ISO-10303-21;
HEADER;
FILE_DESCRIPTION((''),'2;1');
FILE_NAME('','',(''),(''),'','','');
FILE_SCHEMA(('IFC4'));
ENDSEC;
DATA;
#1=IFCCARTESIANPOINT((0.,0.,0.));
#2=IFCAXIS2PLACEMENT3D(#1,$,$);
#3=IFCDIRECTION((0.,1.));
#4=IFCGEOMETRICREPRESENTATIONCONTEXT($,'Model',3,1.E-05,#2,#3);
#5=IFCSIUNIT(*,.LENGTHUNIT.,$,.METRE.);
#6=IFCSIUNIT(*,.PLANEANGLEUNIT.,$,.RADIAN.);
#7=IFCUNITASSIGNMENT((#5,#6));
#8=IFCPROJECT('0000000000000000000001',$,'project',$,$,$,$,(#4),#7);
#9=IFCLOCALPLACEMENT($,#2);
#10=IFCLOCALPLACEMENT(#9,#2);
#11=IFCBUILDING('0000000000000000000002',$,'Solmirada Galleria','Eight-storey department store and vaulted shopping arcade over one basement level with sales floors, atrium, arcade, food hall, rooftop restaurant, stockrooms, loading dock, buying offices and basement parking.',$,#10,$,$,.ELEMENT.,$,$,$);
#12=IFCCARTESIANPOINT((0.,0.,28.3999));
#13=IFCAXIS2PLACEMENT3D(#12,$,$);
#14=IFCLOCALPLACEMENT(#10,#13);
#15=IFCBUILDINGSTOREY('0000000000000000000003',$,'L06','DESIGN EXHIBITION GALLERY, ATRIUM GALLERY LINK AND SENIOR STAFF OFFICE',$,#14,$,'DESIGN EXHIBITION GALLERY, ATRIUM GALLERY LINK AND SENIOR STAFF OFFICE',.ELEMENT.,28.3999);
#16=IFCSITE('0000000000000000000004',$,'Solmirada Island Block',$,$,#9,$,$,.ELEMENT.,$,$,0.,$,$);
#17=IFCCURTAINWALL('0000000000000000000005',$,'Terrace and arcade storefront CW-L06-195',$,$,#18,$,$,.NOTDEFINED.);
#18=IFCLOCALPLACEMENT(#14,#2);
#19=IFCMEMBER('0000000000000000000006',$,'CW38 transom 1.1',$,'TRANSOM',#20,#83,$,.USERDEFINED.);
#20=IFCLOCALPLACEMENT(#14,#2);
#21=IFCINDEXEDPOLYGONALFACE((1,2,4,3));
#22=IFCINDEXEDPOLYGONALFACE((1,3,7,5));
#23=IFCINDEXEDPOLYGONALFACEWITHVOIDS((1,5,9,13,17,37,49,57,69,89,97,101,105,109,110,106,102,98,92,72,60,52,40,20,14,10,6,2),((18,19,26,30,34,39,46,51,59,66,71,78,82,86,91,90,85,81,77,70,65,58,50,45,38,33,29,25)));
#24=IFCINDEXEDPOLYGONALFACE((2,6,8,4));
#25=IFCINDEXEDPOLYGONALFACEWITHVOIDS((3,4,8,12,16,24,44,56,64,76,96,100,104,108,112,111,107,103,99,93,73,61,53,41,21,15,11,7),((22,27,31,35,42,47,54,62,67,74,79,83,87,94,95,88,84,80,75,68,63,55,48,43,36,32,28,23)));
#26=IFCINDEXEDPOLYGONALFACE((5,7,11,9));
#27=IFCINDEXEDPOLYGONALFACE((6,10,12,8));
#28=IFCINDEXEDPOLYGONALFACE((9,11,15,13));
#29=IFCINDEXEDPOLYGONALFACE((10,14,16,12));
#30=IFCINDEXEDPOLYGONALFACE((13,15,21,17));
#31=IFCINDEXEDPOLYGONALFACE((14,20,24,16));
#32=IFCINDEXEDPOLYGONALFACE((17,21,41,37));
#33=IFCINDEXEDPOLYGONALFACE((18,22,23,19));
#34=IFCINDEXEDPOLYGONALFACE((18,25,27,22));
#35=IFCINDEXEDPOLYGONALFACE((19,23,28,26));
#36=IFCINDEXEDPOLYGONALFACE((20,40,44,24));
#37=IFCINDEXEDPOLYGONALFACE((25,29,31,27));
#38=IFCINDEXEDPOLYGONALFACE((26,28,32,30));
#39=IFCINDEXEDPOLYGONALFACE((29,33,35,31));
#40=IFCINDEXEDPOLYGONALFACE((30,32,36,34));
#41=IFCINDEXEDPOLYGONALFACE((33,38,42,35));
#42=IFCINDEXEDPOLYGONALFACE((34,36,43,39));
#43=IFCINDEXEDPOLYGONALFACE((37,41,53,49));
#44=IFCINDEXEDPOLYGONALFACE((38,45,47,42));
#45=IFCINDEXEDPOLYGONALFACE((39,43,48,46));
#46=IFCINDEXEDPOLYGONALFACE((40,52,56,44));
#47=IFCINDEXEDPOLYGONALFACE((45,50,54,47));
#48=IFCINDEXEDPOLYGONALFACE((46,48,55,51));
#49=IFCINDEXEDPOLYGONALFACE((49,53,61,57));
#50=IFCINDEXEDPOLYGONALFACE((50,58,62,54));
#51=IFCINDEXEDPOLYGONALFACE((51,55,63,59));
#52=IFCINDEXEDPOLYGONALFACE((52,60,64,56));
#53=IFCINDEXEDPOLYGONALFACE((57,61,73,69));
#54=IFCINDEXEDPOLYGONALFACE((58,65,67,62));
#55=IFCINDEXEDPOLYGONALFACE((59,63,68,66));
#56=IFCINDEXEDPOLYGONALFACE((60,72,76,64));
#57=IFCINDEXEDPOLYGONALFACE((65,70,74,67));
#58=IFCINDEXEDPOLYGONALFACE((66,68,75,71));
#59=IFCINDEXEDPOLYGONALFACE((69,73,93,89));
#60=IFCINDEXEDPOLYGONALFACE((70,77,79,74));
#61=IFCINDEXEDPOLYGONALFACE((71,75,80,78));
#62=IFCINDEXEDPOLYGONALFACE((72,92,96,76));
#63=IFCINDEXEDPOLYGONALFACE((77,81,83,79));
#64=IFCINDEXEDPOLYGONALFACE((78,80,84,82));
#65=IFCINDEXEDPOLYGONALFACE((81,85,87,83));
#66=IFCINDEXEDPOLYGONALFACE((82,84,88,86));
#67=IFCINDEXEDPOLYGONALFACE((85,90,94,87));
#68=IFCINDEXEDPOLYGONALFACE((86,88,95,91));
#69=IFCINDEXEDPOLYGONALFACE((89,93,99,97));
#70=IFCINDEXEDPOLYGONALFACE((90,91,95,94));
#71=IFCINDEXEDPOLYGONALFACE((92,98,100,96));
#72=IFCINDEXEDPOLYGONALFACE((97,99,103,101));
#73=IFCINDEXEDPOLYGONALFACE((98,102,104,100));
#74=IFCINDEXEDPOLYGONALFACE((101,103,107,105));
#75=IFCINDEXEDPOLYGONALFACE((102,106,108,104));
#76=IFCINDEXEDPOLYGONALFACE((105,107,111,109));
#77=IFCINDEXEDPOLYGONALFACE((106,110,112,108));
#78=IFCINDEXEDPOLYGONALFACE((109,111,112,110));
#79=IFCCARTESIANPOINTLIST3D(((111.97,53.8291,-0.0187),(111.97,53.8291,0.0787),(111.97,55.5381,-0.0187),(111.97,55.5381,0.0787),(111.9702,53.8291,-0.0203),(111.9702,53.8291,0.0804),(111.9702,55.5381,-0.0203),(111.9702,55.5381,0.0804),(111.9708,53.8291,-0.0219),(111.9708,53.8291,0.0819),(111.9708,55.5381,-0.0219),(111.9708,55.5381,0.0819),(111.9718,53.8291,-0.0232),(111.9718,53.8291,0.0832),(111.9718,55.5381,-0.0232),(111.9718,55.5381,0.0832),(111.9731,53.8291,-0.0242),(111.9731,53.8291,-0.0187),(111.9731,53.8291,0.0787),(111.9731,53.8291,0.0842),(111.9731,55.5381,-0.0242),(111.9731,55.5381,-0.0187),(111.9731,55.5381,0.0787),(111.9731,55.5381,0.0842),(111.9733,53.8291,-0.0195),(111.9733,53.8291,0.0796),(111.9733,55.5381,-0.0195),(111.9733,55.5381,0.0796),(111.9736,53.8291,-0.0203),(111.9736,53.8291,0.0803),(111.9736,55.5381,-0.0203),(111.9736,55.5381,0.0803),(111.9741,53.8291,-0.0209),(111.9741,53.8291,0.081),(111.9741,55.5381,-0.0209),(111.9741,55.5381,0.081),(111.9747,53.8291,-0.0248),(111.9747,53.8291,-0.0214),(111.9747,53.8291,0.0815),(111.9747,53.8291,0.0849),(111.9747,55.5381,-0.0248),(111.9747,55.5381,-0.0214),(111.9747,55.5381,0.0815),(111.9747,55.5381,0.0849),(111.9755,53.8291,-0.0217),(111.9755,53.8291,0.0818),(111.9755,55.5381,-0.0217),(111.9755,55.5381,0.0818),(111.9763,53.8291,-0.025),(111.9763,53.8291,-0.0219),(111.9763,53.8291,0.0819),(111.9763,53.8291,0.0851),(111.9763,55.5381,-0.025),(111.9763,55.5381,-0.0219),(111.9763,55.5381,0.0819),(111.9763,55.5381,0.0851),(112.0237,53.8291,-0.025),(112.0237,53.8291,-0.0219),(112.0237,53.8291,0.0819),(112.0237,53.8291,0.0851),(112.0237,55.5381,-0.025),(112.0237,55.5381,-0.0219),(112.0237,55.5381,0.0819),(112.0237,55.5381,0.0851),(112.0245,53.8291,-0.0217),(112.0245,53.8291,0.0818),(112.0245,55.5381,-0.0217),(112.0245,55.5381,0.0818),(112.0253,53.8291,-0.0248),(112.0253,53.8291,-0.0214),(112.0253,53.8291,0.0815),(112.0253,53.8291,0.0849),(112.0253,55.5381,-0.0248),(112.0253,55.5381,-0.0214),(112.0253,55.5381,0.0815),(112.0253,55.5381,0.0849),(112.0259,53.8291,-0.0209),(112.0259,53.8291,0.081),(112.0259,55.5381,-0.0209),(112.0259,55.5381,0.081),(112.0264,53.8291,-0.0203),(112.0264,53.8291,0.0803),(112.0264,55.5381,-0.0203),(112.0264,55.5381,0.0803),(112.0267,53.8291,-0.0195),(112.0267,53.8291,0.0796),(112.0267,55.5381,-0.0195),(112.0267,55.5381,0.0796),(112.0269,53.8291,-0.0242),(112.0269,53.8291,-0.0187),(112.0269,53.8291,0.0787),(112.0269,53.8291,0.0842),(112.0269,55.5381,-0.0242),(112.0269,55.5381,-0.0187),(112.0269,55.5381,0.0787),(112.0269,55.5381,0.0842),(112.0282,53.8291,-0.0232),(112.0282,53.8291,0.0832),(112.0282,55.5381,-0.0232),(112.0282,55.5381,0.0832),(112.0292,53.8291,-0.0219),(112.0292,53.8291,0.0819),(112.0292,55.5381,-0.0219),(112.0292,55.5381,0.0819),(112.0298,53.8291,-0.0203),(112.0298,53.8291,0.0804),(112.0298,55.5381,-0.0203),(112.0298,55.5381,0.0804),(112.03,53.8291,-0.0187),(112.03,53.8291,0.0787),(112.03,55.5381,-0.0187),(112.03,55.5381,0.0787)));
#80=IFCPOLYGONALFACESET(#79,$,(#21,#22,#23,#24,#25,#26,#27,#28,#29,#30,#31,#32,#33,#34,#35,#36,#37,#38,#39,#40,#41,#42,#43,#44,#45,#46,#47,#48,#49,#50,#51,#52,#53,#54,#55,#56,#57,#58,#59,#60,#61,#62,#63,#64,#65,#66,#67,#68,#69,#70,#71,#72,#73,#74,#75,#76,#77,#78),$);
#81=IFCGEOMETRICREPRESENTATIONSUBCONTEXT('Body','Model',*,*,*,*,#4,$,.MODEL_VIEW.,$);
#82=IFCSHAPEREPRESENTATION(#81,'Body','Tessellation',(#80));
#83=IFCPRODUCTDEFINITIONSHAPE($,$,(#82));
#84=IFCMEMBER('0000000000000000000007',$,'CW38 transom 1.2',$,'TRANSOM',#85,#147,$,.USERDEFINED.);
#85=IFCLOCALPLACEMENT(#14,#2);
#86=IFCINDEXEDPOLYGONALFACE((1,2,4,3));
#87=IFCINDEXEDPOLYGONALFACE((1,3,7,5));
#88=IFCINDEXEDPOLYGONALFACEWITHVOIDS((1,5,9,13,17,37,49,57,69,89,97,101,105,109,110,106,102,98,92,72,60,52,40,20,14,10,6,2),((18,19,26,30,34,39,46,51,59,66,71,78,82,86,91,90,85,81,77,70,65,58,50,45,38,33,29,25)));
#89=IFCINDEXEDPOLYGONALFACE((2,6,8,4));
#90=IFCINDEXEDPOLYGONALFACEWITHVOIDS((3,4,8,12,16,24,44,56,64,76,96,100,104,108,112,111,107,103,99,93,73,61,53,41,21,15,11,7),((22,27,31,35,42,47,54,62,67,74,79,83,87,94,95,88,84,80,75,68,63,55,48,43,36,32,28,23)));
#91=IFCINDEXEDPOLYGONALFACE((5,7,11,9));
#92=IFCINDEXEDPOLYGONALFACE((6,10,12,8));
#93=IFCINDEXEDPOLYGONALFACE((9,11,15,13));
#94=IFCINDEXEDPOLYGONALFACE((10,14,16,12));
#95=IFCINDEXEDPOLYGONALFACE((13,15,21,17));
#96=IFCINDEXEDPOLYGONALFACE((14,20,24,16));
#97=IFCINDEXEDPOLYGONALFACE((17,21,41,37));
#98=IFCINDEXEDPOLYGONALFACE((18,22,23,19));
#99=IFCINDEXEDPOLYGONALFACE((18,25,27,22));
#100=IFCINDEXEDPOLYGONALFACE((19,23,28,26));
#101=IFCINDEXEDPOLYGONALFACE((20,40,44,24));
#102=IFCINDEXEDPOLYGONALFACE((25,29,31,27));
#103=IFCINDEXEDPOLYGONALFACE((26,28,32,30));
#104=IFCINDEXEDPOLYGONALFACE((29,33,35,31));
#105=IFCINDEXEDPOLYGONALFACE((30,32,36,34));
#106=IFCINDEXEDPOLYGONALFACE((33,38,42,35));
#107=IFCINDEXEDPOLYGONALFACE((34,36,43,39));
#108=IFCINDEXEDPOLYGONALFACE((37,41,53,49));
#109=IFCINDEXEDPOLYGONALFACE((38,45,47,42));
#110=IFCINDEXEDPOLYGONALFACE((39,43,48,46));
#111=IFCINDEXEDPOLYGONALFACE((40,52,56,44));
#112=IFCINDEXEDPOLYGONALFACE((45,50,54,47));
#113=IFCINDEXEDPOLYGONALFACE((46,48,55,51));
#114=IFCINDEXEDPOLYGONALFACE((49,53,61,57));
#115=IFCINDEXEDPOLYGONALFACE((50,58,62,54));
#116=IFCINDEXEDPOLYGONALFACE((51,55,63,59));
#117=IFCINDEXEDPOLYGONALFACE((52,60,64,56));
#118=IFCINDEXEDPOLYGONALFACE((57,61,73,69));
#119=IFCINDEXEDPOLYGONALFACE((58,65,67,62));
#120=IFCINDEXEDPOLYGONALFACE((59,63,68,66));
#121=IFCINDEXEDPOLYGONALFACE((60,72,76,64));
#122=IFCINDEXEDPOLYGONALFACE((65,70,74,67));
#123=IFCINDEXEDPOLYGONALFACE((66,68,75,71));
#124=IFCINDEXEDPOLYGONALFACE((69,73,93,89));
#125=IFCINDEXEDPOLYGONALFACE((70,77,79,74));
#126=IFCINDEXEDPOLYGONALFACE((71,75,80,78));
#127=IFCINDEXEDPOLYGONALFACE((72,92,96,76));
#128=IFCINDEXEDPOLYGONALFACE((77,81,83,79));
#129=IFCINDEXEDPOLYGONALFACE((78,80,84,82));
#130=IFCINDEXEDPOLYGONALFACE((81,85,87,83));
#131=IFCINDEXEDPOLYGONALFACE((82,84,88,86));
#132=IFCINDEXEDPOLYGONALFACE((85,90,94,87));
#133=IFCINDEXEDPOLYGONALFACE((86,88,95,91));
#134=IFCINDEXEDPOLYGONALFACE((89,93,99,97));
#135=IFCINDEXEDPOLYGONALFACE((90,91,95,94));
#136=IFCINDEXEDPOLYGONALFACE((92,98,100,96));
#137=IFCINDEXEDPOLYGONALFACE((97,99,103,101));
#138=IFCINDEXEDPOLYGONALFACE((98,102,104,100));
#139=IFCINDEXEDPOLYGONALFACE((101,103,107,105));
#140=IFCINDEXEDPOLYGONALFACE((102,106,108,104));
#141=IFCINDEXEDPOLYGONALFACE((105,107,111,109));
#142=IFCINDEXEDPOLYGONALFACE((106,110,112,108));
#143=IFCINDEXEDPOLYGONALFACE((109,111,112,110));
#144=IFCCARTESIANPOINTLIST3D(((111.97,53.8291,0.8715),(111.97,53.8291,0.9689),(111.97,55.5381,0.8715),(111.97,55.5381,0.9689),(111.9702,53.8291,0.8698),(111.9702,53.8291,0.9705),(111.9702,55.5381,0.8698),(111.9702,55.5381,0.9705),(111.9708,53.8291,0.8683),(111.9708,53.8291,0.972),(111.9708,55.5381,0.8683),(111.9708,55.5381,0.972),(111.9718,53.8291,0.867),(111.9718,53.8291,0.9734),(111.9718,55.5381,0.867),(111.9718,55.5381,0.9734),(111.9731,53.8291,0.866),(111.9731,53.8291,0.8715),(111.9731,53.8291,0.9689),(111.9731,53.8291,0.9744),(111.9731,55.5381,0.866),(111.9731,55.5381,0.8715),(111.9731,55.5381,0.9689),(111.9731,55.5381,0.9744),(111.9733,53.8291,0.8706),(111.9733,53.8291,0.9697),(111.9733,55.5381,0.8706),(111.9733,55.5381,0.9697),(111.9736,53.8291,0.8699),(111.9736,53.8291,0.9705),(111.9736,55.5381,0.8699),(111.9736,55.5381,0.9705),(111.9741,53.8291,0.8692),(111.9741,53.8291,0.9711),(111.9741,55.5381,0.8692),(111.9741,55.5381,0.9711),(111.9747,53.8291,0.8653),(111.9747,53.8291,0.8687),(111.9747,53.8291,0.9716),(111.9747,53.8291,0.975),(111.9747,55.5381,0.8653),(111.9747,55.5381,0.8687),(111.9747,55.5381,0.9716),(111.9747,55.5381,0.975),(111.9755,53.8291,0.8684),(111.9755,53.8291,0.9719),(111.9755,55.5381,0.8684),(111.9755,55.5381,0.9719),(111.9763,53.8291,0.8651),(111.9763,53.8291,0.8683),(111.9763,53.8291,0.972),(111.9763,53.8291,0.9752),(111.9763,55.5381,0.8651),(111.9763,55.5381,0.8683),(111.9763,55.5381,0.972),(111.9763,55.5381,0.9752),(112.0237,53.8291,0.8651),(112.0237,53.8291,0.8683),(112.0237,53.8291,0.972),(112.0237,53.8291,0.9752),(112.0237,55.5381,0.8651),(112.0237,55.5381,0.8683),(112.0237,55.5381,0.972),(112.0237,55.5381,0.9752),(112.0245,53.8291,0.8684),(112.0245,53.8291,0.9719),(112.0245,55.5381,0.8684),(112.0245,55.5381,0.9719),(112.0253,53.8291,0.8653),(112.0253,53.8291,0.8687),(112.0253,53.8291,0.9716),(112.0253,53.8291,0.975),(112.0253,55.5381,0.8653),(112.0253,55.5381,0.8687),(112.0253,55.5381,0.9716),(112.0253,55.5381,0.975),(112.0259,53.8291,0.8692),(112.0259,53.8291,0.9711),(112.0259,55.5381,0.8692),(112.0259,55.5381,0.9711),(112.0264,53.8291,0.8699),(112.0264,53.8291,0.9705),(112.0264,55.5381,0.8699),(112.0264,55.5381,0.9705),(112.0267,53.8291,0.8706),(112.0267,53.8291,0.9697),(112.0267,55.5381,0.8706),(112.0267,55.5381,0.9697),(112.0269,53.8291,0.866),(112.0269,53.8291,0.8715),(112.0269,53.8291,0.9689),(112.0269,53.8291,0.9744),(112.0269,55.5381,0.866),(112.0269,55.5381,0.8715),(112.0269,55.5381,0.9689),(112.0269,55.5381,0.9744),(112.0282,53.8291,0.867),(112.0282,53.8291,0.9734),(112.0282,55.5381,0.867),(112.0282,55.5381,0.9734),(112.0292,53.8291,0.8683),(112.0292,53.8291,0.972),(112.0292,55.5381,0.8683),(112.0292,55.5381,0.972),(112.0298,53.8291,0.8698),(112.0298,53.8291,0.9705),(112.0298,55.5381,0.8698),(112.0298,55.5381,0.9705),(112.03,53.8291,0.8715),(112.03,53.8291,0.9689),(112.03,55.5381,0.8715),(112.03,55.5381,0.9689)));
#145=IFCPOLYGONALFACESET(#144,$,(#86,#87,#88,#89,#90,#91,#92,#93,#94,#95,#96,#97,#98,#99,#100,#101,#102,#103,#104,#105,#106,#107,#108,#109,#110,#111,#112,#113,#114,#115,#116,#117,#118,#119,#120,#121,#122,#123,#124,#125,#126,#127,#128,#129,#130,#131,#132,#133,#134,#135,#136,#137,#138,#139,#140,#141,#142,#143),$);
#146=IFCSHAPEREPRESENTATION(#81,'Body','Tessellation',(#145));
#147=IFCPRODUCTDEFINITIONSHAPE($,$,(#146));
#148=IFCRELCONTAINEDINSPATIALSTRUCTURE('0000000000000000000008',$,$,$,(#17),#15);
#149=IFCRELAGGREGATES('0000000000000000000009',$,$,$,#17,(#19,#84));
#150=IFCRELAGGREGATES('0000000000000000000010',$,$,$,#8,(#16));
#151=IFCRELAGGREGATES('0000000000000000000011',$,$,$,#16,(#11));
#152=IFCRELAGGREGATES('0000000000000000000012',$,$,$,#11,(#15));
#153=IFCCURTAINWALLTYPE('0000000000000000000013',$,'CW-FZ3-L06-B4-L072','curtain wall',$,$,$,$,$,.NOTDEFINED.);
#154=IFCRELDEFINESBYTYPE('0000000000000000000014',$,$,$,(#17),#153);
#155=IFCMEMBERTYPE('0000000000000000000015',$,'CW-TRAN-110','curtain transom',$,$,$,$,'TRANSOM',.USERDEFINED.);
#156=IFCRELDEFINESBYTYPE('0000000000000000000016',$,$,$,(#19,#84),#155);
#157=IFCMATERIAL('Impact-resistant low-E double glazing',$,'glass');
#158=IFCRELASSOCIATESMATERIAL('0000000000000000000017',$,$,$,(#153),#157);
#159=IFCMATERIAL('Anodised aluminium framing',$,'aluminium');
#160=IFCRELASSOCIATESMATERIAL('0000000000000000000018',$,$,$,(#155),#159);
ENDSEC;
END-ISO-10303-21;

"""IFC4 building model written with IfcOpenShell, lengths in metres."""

from ifc_helpers import new_model, si_unit, direction, frame, origin, origin_2d, place, context, subcontext, project, spatial, hollow_rectangle, extrude, material, material_profile, profile_set, type_object, element, aggregate, save


model = new_model("IFC4")

# Units and contexts
model_context = context("Model", 3, precision=1e-05, world=origin(), true_north=direction((0.0, 1.0)))
body_context = subcontext(model_context, "Body", "Model", "MODEL_VIEW")
ifc_project = project(units=[si_unit("LENGTHUNIT", "METRE"), si_unit("PLANEANGLEUNIT", "RADIAN")], contexts=[model_context])

# Site, building, storey
site_placement = place(None, origin())
site = spatial("IfcSite", under=ifc_project, at=site_placement, Name="Solmirada Island Block", CompositionType="ELEMENT", RefElevation=0.0)
building_placement = place(site_placement, origin())
building = spatial("IfcBuilding", under=site, at=building_placement, Name="Solmirada Galleria", Description="Eight-storey department store and vaulted shopping arcade over one basement level with sales floors, atrium, arcade, food hall, rooftop restaurant, stockrooms, loading dock, buying offices and basement parking.", CompositionType="ELEMENT")
storey_placement = place(building_placement, frame((0.0, 0.0, 28.3999)))
storey = spatial("IfcBuildingStorey", under=building, at=storey_placement, Name="L06", Description="DESIGN EXHIBITION GALLERY, ATRIUM GALLERY LINK AND SENIOR STAFF OFFICE", LongName="DESIGN EXHIBITION GALLERY, ATRIUM GALLERY LINK AND SENIOR STAFF OFFICE", CompositionType="ELEMENT", Elevation=28.3999)

# Shared definitions
ifc_material_1 = material(Name="Impact-resistant low-E double glazing", Category="glass")
curtain_wall_type = type_object("IfcCurtainWallType", Name="CW-FZ3-L06-B4-L072", Description="curtain wall", PredefinedType="NOTDEFINED", material=ifc_material_1)
ifc_material_2 = material(Name="Anodised aluminium framing", Category="aluminium")

# Curtain wall
curtain_wall_1_placement = place(storey_placement, origin())
curtain_wall_1 = element("IfcCurtainWall", 1, at=curtain_wall_1_placement, inside=storey, type_object=curtain_wall_type, Name="Terrace and arcade storefront CW-L06-195", PredefinedType="NOTDEFINED")

# Members
ifc_material_profile_1 = material_profile(ifc_material_2, hollow_rectangle(XDim=0.0601, YDim=0.1101, WallThickness=0.0032, InnerFilletRadius=0.0032, OuterFilletRadius=0.0063, at=origin_2d()), Name="ALU-TRAN-110X60")
ifc_profile_set_1 = profile_set([ifc_material_profile_1], Name="Anodised aluminium framing")
member_type_1 = type_object("IfcMemberType", Name="CW-TRAN-110", Description="curtain transom", ElementType="TRANSOM", PredefinedType="USERDEFINED", material=ifc_profile_set_1)
member_1_placement = place(storey_placement, frame((112.0, 55.5381, 0.03), z_axis=(0.0, -1.0, 0.0), x_axis=(1.0, 0.0, 0.0)))
member_1 = element("IfcMember", 2, at=member_1_placement, type_object=member_type_1, Name="CW38 transom 1.1", ObjectType="TRANSOM", PredefinedType="USERDEFINED", context=body_context, shape_type="SweptSolid", body=[
    extrude(hollow_rectangle(XDim=0.0601, YDim=0.1101, WallThickness=0.0032, InnerFilletRadius=0.0032, OuterFilletRadius=0.0063, at=origin_2d()), origin(), (0.0, 0.0, 1.0), 1.709),
])
member_2_placement = place(storey_placement, frame((112.0, 55.5381, 0.9202), z_axis=(0.0, -1.0, 0.0), x_axis=(1.0, 0.0, 0.0)))
member_2 = element("IfcMember", 3, at=member_2_placement, type_object=member_type_1, Name="CW38 transom 1.2", ObjectType="TRANSOM", PredefinedType="USERDEFINED", context=body_context, shape_type="SweptSolid", body=[
    extrude(hollow_rectangle(XDim=0.0601, YDim=0.1101, WallThickness=0.0032, InnerFilletRadius=0.0032, OuterFilletRadius=0.0063, at=origin_2d()), origin(), (0.0, 0.0, 1.0), 1.709),
])
aggregate(curtain_wall_1, [member_1, member_2])

save(model, "model.ifc")
